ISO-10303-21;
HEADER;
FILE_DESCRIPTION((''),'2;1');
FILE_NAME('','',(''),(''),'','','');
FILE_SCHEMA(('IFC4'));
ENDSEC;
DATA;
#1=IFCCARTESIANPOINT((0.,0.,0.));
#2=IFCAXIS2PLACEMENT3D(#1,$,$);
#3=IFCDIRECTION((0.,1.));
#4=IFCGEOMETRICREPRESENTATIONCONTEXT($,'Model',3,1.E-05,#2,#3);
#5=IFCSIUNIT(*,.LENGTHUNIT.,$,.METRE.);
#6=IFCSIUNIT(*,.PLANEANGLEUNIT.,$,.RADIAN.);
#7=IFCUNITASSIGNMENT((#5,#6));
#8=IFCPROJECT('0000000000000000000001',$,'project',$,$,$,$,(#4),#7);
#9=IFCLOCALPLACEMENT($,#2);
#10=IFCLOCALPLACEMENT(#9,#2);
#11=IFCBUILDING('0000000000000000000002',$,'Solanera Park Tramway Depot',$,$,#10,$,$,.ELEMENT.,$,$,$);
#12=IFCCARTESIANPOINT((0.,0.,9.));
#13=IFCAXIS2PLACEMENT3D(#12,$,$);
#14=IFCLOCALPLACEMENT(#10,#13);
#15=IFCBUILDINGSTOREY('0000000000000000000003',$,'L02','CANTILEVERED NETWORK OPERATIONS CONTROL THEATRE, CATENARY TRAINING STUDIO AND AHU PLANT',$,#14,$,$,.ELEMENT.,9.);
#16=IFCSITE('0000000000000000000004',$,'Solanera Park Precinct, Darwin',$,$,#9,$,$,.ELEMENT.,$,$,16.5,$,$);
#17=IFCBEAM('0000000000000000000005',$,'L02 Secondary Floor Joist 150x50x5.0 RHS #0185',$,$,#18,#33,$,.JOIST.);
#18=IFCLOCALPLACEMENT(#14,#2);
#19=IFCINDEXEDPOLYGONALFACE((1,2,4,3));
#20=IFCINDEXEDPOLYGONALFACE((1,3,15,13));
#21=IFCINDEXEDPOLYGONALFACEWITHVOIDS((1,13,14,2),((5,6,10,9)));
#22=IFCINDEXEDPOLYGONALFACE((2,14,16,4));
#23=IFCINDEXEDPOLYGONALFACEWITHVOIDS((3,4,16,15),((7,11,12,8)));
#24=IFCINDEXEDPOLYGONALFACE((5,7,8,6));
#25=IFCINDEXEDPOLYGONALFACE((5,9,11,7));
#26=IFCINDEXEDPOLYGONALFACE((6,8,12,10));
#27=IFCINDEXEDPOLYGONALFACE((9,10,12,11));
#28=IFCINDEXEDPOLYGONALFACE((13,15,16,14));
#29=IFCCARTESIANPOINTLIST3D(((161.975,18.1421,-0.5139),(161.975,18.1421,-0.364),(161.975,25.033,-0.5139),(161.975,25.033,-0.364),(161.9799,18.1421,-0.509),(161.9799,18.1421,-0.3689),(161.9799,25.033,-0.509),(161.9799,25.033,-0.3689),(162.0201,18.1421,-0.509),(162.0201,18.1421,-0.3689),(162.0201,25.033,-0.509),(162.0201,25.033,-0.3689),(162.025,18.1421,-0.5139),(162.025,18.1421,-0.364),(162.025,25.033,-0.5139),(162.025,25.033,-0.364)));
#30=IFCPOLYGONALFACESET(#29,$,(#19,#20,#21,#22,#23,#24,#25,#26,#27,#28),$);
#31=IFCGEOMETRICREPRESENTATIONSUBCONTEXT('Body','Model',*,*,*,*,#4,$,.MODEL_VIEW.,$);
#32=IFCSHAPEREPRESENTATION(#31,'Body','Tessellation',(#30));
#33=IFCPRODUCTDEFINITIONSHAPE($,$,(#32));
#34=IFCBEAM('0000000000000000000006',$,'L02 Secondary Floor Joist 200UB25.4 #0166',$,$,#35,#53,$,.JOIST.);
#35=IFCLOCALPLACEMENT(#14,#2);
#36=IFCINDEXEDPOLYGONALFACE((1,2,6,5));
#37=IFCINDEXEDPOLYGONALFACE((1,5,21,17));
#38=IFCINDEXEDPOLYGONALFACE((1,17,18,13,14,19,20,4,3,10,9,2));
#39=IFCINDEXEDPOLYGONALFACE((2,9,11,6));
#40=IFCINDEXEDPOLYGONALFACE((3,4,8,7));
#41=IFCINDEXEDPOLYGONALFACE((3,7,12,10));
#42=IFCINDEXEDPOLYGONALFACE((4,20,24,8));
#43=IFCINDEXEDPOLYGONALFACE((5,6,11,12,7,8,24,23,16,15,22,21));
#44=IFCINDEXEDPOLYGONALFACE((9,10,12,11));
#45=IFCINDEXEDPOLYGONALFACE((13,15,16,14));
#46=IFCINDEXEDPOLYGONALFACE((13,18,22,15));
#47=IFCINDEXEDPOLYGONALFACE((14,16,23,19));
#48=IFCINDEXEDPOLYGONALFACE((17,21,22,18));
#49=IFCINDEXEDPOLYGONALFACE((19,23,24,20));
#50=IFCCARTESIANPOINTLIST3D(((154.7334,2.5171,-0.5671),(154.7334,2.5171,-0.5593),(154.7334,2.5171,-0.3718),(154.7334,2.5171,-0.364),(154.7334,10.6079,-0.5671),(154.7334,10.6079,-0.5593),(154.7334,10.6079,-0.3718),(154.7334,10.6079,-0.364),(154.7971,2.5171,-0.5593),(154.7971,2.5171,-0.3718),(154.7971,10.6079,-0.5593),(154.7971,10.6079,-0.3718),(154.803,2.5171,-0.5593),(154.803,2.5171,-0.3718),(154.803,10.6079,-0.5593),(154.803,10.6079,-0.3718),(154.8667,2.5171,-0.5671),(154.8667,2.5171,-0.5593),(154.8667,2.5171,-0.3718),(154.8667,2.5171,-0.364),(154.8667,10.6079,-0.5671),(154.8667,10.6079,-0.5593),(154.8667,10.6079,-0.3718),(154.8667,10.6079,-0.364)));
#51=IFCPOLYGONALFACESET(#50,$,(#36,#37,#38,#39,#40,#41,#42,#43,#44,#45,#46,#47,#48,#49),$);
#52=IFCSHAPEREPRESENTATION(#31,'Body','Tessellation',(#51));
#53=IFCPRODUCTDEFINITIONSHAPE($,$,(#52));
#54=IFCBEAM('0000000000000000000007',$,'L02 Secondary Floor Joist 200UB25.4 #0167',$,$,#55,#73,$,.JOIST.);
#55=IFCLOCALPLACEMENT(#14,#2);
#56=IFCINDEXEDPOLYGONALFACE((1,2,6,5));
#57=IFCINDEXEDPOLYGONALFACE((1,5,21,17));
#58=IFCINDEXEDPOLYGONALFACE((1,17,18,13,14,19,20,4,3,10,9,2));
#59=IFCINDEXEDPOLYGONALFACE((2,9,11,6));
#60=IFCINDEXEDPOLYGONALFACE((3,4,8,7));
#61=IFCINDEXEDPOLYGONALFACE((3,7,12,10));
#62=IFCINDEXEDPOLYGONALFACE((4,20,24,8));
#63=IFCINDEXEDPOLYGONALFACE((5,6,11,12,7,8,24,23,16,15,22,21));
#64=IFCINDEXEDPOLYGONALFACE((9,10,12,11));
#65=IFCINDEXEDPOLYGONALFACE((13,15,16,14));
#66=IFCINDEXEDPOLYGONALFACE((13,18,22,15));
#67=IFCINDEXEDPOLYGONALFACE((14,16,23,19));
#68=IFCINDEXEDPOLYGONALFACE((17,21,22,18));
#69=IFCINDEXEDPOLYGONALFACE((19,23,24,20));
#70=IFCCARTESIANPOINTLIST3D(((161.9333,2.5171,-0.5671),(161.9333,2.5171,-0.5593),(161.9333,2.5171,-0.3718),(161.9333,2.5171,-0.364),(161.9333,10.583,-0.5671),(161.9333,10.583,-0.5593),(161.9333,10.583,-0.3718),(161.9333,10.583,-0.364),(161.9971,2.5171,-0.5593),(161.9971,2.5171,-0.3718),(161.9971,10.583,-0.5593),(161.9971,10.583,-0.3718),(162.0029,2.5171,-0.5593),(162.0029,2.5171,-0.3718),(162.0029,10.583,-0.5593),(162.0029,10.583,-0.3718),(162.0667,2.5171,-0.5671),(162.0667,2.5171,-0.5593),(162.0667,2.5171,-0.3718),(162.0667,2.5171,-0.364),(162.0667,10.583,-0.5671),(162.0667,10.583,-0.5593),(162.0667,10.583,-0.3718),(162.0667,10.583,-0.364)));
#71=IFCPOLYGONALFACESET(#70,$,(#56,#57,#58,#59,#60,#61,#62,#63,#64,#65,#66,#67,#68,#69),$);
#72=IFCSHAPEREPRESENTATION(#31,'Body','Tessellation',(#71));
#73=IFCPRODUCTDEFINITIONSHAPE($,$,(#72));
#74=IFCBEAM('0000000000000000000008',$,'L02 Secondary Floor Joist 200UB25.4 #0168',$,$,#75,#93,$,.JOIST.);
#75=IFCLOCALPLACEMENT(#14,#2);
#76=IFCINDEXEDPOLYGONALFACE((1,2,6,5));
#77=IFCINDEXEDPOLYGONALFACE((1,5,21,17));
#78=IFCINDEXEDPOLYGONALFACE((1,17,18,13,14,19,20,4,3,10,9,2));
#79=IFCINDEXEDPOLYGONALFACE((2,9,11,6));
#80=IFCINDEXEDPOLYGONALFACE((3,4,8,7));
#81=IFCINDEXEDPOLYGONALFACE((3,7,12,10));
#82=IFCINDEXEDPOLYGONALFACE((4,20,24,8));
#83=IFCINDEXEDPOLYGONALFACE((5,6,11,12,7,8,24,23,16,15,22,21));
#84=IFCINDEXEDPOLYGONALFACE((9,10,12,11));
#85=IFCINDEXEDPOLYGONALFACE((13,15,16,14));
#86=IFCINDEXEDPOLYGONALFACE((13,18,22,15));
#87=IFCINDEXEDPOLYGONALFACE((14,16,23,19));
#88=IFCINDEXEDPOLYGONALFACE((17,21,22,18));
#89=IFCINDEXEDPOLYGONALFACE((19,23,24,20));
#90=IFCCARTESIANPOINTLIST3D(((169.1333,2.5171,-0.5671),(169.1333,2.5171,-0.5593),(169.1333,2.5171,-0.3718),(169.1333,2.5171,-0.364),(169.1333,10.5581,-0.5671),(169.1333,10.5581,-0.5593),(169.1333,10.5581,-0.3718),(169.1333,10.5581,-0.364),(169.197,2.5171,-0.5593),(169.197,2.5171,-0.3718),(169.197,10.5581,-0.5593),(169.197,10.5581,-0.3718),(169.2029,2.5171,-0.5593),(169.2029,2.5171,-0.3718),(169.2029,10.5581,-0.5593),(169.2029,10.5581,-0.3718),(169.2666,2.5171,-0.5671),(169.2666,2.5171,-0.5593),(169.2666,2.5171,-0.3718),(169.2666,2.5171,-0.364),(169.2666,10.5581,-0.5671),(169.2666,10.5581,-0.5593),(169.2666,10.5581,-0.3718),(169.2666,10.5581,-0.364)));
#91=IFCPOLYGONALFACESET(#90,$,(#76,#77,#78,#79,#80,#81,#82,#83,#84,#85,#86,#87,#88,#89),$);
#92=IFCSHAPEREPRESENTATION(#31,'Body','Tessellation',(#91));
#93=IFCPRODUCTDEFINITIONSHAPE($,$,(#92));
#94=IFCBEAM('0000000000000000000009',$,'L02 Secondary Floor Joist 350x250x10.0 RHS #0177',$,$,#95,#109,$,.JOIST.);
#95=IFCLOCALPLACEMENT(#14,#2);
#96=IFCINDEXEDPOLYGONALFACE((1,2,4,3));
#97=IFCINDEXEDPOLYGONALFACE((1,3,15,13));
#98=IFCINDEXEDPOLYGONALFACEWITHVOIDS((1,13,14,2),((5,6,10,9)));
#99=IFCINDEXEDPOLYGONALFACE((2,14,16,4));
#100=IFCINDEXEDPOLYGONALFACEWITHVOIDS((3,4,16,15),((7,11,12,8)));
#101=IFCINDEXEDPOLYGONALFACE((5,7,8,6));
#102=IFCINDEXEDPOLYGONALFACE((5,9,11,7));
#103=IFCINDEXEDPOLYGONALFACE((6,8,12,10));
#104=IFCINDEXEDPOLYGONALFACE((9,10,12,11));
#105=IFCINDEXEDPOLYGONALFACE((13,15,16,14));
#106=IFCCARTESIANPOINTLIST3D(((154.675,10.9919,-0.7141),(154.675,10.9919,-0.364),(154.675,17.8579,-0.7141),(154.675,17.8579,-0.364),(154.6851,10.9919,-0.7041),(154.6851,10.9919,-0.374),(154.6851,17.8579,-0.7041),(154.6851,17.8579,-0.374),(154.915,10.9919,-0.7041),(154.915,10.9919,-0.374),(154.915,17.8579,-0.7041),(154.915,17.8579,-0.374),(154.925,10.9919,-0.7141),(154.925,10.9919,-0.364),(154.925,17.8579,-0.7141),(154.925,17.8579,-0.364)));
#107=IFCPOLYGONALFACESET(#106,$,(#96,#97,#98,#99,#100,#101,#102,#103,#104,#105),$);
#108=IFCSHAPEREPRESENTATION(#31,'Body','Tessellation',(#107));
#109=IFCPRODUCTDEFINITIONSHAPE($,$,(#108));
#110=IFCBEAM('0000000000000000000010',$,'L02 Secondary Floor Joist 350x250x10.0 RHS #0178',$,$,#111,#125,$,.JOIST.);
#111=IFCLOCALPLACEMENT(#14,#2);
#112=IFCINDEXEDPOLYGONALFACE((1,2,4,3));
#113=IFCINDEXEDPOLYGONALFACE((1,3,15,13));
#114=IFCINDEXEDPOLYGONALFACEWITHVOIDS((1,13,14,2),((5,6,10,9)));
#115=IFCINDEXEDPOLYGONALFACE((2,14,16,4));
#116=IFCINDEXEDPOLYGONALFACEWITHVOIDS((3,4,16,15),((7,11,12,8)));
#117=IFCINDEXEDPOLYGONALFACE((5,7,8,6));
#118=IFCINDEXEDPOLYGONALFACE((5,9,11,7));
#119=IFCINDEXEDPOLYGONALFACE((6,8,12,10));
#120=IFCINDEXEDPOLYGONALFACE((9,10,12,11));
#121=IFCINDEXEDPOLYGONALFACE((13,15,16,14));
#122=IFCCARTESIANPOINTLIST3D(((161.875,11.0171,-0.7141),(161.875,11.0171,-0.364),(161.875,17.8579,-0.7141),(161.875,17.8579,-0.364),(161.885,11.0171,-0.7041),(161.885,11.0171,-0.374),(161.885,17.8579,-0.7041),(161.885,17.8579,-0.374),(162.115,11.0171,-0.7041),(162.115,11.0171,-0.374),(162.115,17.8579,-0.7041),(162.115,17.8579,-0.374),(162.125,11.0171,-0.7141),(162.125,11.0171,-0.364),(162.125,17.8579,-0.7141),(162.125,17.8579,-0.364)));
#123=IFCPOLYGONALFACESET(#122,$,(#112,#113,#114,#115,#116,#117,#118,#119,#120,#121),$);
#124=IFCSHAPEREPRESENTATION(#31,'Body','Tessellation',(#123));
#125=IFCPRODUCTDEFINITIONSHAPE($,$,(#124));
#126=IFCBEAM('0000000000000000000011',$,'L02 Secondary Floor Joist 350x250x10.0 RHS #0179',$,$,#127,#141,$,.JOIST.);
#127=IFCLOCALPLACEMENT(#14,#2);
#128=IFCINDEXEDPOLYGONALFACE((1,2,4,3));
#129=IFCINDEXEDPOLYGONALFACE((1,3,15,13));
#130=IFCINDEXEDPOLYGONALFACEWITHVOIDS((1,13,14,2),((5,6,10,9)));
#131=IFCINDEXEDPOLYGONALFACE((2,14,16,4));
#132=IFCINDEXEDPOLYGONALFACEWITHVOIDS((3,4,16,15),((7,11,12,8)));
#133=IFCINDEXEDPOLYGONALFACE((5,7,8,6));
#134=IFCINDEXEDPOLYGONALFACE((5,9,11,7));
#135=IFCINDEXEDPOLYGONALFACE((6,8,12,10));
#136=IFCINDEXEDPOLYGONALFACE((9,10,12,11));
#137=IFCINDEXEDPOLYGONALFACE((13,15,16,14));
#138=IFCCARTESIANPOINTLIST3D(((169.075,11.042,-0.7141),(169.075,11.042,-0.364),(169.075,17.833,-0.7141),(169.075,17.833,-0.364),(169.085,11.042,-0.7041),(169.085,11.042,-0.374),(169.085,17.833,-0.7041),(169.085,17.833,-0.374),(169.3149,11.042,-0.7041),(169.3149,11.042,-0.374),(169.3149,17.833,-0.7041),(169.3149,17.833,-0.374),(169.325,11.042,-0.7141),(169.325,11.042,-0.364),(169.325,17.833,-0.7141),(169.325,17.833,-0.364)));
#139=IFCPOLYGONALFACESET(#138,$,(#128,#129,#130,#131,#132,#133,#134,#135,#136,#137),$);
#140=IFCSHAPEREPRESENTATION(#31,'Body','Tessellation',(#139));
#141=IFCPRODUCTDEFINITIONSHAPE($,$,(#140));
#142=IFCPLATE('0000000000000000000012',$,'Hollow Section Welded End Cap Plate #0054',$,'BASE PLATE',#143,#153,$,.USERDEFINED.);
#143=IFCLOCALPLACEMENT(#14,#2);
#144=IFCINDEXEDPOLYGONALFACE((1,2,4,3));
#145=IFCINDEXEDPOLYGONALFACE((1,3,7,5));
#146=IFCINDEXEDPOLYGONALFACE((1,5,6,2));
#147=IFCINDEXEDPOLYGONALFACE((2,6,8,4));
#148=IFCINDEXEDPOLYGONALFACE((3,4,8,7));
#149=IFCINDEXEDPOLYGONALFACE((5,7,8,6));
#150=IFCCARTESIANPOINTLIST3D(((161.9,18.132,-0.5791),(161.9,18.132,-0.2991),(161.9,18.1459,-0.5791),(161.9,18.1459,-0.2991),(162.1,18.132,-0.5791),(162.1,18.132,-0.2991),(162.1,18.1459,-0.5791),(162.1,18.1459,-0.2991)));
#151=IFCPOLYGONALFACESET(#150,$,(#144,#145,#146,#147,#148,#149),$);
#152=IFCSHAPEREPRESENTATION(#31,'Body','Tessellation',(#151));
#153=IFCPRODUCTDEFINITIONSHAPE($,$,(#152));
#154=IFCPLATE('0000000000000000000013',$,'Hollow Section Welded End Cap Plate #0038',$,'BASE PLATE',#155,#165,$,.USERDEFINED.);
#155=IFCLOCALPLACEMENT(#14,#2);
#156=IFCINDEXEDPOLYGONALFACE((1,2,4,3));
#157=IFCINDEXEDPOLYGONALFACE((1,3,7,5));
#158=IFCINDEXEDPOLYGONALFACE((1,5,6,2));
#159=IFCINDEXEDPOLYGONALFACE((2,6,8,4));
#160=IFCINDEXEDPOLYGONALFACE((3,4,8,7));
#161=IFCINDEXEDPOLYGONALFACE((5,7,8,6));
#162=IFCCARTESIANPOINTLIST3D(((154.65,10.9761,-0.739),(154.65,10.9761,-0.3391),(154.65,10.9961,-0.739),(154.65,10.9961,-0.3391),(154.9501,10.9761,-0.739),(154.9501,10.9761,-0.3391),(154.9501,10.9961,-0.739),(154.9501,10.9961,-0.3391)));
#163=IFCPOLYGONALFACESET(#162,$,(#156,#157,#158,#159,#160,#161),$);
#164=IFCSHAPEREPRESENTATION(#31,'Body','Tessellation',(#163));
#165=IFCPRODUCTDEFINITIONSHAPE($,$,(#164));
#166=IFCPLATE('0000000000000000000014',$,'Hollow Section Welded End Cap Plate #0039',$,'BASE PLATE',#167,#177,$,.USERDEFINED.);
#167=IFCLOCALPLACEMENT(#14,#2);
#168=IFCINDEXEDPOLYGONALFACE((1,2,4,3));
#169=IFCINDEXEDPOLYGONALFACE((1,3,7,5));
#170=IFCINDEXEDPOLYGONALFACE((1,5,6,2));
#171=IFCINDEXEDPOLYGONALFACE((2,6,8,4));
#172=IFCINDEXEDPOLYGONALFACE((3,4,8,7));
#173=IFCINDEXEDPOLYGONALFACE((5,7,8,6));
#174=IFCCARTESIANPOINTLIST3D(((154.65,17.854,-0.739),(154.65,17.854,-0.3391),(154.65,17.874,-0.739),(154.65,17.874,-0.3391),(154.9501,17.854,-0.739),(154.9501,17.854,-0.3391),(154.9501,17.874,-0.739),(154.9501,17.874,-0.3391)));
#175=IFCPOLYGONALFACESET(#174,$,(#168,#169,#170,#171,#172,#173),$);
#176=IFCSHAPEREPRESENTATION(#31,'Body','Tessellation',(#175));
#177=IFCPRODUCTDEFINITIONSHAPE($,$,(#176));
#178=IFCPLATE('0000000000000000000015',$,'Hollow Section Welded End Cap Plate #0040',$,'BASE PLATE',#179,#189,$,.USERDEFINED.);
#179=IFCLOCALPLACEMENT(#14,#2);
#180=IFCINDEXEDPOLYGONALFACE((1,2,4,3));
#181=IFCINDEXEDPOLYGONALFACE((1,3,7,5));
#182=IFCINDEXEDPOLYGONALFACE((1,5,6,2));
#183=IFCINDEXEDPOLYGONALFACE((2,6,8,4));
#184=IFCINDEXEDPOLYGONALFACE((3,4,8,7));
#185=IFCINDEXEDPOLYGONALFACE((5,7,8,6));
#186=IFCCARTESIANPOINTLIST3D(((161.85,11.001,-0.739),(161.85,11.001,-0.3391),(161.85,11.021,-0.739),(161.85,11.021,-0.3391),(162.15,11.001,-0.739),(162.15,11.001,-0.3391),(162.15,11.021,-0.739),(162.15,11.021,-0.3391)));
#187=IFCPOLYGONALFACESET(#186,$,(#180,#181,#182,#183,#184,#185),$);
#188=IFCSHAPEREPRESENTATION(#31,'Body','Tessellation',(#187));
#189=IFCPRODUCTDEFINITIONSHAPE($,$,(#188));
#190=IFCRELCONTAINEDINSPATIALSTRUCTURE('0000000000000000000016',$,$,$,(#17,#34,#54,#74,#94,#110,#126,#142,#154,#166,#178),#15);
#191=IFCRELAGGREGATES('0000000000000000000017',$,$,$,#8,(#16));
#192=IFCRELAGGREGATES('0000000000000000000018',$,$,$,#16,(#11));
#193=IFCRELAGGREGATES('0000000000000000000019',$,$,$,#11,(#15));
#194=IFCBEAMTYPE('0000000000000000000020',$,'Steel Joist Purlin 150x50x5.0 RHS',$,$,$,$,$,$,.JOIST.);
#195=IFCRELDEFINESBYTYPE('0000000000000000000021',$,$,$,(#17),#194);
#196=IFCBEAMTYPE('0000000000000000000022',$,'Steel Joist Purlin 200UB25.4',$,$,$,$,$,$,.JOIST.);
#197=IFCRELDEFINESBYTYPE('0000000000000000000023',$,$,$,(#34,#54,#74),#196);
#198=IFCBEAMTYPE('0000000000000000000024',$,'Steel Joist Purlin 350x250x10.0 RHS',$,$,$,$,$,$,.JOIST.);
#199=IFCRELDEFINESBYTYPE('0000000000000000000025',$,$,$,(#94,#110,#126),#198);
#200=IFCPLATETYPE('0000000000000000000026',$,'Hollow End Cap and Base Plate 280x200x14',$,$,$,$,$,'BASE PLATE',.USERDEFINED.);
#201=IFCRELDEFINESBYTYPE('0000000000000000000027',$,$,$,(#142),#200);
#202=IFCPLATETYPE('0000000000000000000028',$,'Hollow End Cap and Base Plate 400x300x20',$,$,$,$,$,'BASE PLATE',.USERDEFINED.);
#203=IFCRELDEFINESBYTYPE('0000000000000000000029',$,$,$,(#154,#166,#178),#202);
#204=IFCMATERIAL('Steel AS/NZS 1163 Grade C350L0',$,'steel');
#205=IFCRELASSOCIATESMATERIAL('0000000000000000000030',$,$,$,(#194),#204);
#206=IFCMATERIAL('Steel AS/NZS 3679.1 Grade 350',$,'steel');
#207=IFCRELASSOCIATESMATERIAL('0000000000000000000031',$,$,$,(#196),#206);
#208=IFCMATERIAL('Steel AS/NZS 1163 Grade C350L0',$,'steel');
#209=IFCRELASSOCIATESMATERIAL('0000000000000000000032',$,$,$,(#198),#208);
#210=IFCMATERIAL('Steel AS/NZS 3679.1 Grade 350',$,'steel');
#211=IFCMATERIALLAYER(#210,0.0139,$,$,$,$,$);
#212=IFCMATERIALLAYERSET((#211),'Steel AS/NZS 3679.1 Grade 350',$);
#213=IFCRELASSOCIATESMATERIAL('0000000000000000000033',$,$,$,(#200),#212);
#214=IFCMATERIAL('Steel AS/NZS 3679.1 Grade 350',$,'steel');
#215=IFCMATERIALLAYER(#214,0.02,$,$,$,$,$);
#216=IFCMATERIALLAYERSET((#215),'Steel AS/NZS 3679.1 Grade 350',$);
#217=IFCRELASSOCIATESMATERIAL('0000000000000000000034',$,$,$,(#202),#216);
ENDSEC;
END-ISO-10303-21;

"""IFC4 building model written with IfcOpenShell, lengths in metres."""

from ifc_helpers import new_model, si_unit, direction, frame, origin, origin_2d, place, context, subcontext, project, spatial, rectangle, hollow_rectangle, i_section, extrude, material, layer, layer_set, material_profile, profile_set, type_object, element, save


model = new_model("IFC4")

# Units and contexts
model_context = context("Model", 3, precision=1e-05, world=origin(), true_north=direction((0.0, 1.0)))
body_context = subcontext(model_context, "Body", "Model", "MODEL_VIEW")
ifc_project = project(units=[si_unit("LENGTHUNIT", "METRE"), si_unit("PLANEANGLEUNIT", "RADIAN")], contexts=[model_context])

# Site, building, storey
site_placement = place(None, origin())
site = spatial("IfcSite", under=ifc_project, at=site_placement, Name="Solanera Park Precinct, Darwin", CompositionType="ELEMENT", RefElevation=16.5)
building_placement = place(site_placement, origin())
building = spatial("IfcBuilding", under=site, at=building_placement, Name="Solanera Park Tramway Depot", CompositionType="ELEMENT")
storey_placement = place(building_placement, frame((0.0, 0.0, 9.0)))
storey = spatial("IfcBuildingStorey", under=building, at=storey_placement, Name="L02", Description="CANTILEVERED NETWORK OPERATIONS CONTROL THEATRE, CATENARY TRAINING STUDIO AND AHU PLANT", CompositionType="ELEMENT", Elevation=9.0)

# Beams
ifc_material_1 = material(Name="Steel AS/NZS 1163 Grade C350L0", Category="steel")
ifc_material_profile_1 = material_profile(ifc_material_1, hollow_rectangle(XDim=0.05, YDim=0.1499, WallThickness=0.0049, at=origin_2d()), Name="150x50x5.0 RHS")
ifc_profile_set_1 = profile_set([ifc_material_profile_1], Name="Steel AS/NZS 1163 Grade C350L0")
beam_type_1 = type_object("IfcBeamType", Name="Steel Joist Purlin 150x50x5.0 RHS", PredefinedType="JOIST", material=ifc_profile_set_1)
beam_1_placement = place(storey_placement, frame((162.0, 18.1421, -0.439), z_axis=(0.0, 1.0, 0.0), x_axis=(-1.0, 0.0, 0.0)))
element("IfcBeam", 1, at=beam_1_placement, inside=storey, type_object=beam_type_1, Name="L02 Secondary Floor Joist 150x50x5.0 RHS #0185", PredefinedType="JOIST", context=body_context, shape_type="SweptSolid", body=[
    extrude(hollow_rectangle(XDim=0.05, YDim=0.1499, WallThickness=0.0049, at=origin_2d()), origin(), (0.0, 0.0, 1.0), 6.8909),
])
ifc_material_2 = material(Name="Steel AS/NZS 3679.1 Grade 350", Category="steel")
ifc_material_profile_2 = material_profile(ifc_material_2, i_section(OverallWidth=0.1333, OverallDepth=0.2031, WebThickness=0.0059, FlangeThickness=0.0078, at=origin_2d()), Name="200UB25.4")
ifc_profile_set_2 = profile_set([ifc_material_profile_2], Name="Steel AS/NZS 3679.1 Grade 350")
beam_type_2 = type_object("IfcBeamType", Name="Steel Joist Purlin 200UB25.4", PredefinedType="JOIST", material=ifc_profile_set_2)
beam_2_placement = place(storey_placement, frame((154.8, 2.5171, -0.4656), z_axis=(0.0, 1.0, 0.0), x_axis=(-1.0, 0.0, 0.0)))
element("IfcBeam", 2, at=beam_2_placement, inside=storey, type_object=beam_type_2, Name="L02 Secondary Floor Joist 200UB25.4 #0166", PredefinedType="JOIST", context=body_context, shape_type="SweptSolid", body=[
    extrude(i_section(OverallWidth=0.1333, OverallDepth=0.2031, WebThickness=0.0059, FlangeThickness=0.0078, at=origin_2d()), origin(), (0.0, 0.0, 1.0), 8.0908),
])
beam_3_placement = place(storey_placement, frame((162.0, 2.5171, -0.4656), z_axis=(0.0, 1.0, 0.0), x_axis=(-1.0, 0.0, 0.0)))
element("IfcBeam", 3, at=beam_3_placement, inside=storey, type_object=beam_type_2, Name="L02 Secondary Floor Joist 200UB25.4 #0167", PredefinedType="JOIST", context=body_context, shape_type="SweptSolid", body=[
    extrude(i_section(OverallWidth=0.1333, OverallDepth=0.2031, WebThickness=0.0059, FlangeThickness=0.0078, at=origin_2d()), origin(), (0.0, 0.0, 1.0), 8.0659),
])
beam_4_placement = place(storey_placement, frame((169.2, 2.5171, -0.4656), z_axis=(0.0, 1.0, 0.0), x_axis=(-1.0, 0.0, 0.0)))
element("IfcBeam", 4, at=beam_4_placement, inside=storey, type_object=beam_type_2, Name="L02 Secondary Floor Joist 200UB25.4 #0168", PredefinedType="JOIST", context=body_context, shape_type="SweptSolid", body=[
    extrude(i_section(OverallWidth=0.1333, OverallDepth=0.2031, WebThickness=0.0059, FlangeThickness=0.0078, at=origin_2d()), origin(), (0.0, 0.0, 1.0), 8.041),
])
ifc_material_3 = material(Name="Steel AS/NZS 1163 Grade C350L0", Category="steel")
ifc_material_profile_3 = material_profile(ifc_material_3, hollow_rectangle(XDim=0.25, YDim=0.3501, WallThickness=0.01, at=origin_2d()), Name="350x250x10.0 RHS")
ifc_profile_set_3 = profile_set([ifc_material_profile_3], Name="Steel AS/NZS 1163 Grade C350L0")
beam_type_3 = type_object("IfcBeamType", Name="Steel Joist Purlin 350x250x10.0 RHS", PredefinedType="JOIST", material=ifc_profile_set_3)
beam_5_placement = place(storey_placement, frame((154.8, 10.9919, -0.5391), z_axis=(0.0, 1.0, 0.0), x_axis=(-1.0, 0.0, 0.0)))
element("IfcBeam", 5, at=beam_5_placement, inside=storey, type_object=beam_type_3, Name="L02 Secondary Floor Joist 350x250x10.0 RHS #0177", PredefinedType="JOIST", context=body_context, shape_type="SweptSolid", body=[
    extrude(hollow_rectangle(XDim=0.25, YDim=0.3501, WallThickness=0.01, at=origin_2d()), origin(), (0.0, 0.0, 1.0), 6.866),
])
beam_6_placement = place(storey_placement, frame((162.0, 11.0171, -0.5391), z_axis=(0.0, 1.0, 0.0), x_axis=(-1.0, 0.0, 0.0)))
element("IfcBeam", 6, at=beam_6_placement, inside=storey, type_object=beam_type_3, Name="L02 Secondary Floor Joist 350x250x10.0 RHS #0178", PredefinedType="JOIST", context=body_context, shape_type="SweptSolid", body=[
    extrude(hollow_rectangle(XDim=0.25, YDim=0.3501, WallThickness=0.01, at=origin_2d()), origin(), (0.0, 0.0, 1.0), 6.8408),
])
beam_7_placement = place(storey_placement, frame((169.2, 11.042, -0.5391), z_axis=(0.0, 1.0, 0.0), x_axis=(-1.0, 0.0, 0.0)))
element("IfcBeam", 7, at=beam_7_placement, inside=storey, type_object=beam_type_3, Name="L02 Secondary Floor Joist 350x250x10.0 RHS #0179", PredefinedType="JOIST", context=body_context, shape_type="SweptSolid", body=[
    extrude(hollow_rectangle(XDim=0.25, YDim=0.3501, WallThickness=0.01, at=origin_2d()), origin(), (0.0, 0.0, 1.0), 6.791),
])

# Plates
ifc_material_4 = material(Name="Steel AS/NZS 3679.1 Grade 350", Category="steel")
ifc_layer_1 = layer(ifc_material_4, 0.0139)
ifc_layer_set_1 = layer_set([ifc_layer_1], Name="Steel AS/NZS 3679.1 Grade 350")
plate_type_1 = type_object("IfcPlateType", Name="Hollow End Cap and Base Plate 280x200x14", ElementType="BASE PLATE", PredefinedType="USERDEFINED", material=ifc_layer_set_1)
plate_placement = place(storey_placement, frame((162.0, 18.1389, -0.5791), z_axis=(0.0, 0.0, 1.0), x_axis=(0.0, 1.0, 0.0)))
element("IfcPlate", 8, at=plate_placement, inside=storey, type_object=plate_type_1, Name="Hollow Section Welded End Cap Plate #0054", ObjectType="BASE PLATE", PredefinedType="USERDEFINED", context=body_context, shape_type="SweptSolid", body=[
    extrude(rectangle(XDim=0.0139, YDim=0.2, at=origin_2d()), origin(), (0.0, 0.0, 1.0), 0.28),
])
ifc_material_5 = material(Name="Steel AS/NZS 3679.1 Grade 350", Category="steel")
ifc_layer_2 = layer(ifc_material_5, 0.02)
ifc_layer_set_2 = layer_set([ifc_layer_2], Name="Steel AS/NZS 3679.1 Grade 350")
plate_type_2 = type_object("IfcPlateType", Name="Hollow End Cap and Base Plate 400x300x20", ElementType="BASE PLATE", PredefinedType="USERDEFINED", material=ifc_layer_set_2)
for number, where, z_axis, x_axis, name in (
    (9, (154.8, 10.9861, -0.739), (0.0, 0.0, 1.0), (0.0, 1.0, 0.0), "Hollow Section Welded End Cap Plate #0038"),
    (10, (154.8, 17.864, -0.739), (0.0, 0.0, 1.0), (0.0, 1.0, 0.0), "Hollow Section Welded End Cap Plate #0039"),
    (11, (162.0, 11.011, -0.739), (0.0, 0.0, 1.0), (0.0, 1.0, 0.0), "Hollow Section Welded End Cap Plate #0040"),
):
    element("IfcPlate", number, at=place(storey_placement, frame(where, z_axis=z_axis, x_axis=x_axis)), inside=storey, type_object=plate_type_2, Name=name, ObjectType="BASE PLATE", PredefinedType="USERDEFINED", context=body_context, shape_type="SweptSolid", body=[
        extrude(rectangle(XDim=0.02, YDim=0.3, at=origin_2d()), origin(), (0.0, 0.0, 1.0), 0.3999),
    ])

save(model, "model.ifc")
